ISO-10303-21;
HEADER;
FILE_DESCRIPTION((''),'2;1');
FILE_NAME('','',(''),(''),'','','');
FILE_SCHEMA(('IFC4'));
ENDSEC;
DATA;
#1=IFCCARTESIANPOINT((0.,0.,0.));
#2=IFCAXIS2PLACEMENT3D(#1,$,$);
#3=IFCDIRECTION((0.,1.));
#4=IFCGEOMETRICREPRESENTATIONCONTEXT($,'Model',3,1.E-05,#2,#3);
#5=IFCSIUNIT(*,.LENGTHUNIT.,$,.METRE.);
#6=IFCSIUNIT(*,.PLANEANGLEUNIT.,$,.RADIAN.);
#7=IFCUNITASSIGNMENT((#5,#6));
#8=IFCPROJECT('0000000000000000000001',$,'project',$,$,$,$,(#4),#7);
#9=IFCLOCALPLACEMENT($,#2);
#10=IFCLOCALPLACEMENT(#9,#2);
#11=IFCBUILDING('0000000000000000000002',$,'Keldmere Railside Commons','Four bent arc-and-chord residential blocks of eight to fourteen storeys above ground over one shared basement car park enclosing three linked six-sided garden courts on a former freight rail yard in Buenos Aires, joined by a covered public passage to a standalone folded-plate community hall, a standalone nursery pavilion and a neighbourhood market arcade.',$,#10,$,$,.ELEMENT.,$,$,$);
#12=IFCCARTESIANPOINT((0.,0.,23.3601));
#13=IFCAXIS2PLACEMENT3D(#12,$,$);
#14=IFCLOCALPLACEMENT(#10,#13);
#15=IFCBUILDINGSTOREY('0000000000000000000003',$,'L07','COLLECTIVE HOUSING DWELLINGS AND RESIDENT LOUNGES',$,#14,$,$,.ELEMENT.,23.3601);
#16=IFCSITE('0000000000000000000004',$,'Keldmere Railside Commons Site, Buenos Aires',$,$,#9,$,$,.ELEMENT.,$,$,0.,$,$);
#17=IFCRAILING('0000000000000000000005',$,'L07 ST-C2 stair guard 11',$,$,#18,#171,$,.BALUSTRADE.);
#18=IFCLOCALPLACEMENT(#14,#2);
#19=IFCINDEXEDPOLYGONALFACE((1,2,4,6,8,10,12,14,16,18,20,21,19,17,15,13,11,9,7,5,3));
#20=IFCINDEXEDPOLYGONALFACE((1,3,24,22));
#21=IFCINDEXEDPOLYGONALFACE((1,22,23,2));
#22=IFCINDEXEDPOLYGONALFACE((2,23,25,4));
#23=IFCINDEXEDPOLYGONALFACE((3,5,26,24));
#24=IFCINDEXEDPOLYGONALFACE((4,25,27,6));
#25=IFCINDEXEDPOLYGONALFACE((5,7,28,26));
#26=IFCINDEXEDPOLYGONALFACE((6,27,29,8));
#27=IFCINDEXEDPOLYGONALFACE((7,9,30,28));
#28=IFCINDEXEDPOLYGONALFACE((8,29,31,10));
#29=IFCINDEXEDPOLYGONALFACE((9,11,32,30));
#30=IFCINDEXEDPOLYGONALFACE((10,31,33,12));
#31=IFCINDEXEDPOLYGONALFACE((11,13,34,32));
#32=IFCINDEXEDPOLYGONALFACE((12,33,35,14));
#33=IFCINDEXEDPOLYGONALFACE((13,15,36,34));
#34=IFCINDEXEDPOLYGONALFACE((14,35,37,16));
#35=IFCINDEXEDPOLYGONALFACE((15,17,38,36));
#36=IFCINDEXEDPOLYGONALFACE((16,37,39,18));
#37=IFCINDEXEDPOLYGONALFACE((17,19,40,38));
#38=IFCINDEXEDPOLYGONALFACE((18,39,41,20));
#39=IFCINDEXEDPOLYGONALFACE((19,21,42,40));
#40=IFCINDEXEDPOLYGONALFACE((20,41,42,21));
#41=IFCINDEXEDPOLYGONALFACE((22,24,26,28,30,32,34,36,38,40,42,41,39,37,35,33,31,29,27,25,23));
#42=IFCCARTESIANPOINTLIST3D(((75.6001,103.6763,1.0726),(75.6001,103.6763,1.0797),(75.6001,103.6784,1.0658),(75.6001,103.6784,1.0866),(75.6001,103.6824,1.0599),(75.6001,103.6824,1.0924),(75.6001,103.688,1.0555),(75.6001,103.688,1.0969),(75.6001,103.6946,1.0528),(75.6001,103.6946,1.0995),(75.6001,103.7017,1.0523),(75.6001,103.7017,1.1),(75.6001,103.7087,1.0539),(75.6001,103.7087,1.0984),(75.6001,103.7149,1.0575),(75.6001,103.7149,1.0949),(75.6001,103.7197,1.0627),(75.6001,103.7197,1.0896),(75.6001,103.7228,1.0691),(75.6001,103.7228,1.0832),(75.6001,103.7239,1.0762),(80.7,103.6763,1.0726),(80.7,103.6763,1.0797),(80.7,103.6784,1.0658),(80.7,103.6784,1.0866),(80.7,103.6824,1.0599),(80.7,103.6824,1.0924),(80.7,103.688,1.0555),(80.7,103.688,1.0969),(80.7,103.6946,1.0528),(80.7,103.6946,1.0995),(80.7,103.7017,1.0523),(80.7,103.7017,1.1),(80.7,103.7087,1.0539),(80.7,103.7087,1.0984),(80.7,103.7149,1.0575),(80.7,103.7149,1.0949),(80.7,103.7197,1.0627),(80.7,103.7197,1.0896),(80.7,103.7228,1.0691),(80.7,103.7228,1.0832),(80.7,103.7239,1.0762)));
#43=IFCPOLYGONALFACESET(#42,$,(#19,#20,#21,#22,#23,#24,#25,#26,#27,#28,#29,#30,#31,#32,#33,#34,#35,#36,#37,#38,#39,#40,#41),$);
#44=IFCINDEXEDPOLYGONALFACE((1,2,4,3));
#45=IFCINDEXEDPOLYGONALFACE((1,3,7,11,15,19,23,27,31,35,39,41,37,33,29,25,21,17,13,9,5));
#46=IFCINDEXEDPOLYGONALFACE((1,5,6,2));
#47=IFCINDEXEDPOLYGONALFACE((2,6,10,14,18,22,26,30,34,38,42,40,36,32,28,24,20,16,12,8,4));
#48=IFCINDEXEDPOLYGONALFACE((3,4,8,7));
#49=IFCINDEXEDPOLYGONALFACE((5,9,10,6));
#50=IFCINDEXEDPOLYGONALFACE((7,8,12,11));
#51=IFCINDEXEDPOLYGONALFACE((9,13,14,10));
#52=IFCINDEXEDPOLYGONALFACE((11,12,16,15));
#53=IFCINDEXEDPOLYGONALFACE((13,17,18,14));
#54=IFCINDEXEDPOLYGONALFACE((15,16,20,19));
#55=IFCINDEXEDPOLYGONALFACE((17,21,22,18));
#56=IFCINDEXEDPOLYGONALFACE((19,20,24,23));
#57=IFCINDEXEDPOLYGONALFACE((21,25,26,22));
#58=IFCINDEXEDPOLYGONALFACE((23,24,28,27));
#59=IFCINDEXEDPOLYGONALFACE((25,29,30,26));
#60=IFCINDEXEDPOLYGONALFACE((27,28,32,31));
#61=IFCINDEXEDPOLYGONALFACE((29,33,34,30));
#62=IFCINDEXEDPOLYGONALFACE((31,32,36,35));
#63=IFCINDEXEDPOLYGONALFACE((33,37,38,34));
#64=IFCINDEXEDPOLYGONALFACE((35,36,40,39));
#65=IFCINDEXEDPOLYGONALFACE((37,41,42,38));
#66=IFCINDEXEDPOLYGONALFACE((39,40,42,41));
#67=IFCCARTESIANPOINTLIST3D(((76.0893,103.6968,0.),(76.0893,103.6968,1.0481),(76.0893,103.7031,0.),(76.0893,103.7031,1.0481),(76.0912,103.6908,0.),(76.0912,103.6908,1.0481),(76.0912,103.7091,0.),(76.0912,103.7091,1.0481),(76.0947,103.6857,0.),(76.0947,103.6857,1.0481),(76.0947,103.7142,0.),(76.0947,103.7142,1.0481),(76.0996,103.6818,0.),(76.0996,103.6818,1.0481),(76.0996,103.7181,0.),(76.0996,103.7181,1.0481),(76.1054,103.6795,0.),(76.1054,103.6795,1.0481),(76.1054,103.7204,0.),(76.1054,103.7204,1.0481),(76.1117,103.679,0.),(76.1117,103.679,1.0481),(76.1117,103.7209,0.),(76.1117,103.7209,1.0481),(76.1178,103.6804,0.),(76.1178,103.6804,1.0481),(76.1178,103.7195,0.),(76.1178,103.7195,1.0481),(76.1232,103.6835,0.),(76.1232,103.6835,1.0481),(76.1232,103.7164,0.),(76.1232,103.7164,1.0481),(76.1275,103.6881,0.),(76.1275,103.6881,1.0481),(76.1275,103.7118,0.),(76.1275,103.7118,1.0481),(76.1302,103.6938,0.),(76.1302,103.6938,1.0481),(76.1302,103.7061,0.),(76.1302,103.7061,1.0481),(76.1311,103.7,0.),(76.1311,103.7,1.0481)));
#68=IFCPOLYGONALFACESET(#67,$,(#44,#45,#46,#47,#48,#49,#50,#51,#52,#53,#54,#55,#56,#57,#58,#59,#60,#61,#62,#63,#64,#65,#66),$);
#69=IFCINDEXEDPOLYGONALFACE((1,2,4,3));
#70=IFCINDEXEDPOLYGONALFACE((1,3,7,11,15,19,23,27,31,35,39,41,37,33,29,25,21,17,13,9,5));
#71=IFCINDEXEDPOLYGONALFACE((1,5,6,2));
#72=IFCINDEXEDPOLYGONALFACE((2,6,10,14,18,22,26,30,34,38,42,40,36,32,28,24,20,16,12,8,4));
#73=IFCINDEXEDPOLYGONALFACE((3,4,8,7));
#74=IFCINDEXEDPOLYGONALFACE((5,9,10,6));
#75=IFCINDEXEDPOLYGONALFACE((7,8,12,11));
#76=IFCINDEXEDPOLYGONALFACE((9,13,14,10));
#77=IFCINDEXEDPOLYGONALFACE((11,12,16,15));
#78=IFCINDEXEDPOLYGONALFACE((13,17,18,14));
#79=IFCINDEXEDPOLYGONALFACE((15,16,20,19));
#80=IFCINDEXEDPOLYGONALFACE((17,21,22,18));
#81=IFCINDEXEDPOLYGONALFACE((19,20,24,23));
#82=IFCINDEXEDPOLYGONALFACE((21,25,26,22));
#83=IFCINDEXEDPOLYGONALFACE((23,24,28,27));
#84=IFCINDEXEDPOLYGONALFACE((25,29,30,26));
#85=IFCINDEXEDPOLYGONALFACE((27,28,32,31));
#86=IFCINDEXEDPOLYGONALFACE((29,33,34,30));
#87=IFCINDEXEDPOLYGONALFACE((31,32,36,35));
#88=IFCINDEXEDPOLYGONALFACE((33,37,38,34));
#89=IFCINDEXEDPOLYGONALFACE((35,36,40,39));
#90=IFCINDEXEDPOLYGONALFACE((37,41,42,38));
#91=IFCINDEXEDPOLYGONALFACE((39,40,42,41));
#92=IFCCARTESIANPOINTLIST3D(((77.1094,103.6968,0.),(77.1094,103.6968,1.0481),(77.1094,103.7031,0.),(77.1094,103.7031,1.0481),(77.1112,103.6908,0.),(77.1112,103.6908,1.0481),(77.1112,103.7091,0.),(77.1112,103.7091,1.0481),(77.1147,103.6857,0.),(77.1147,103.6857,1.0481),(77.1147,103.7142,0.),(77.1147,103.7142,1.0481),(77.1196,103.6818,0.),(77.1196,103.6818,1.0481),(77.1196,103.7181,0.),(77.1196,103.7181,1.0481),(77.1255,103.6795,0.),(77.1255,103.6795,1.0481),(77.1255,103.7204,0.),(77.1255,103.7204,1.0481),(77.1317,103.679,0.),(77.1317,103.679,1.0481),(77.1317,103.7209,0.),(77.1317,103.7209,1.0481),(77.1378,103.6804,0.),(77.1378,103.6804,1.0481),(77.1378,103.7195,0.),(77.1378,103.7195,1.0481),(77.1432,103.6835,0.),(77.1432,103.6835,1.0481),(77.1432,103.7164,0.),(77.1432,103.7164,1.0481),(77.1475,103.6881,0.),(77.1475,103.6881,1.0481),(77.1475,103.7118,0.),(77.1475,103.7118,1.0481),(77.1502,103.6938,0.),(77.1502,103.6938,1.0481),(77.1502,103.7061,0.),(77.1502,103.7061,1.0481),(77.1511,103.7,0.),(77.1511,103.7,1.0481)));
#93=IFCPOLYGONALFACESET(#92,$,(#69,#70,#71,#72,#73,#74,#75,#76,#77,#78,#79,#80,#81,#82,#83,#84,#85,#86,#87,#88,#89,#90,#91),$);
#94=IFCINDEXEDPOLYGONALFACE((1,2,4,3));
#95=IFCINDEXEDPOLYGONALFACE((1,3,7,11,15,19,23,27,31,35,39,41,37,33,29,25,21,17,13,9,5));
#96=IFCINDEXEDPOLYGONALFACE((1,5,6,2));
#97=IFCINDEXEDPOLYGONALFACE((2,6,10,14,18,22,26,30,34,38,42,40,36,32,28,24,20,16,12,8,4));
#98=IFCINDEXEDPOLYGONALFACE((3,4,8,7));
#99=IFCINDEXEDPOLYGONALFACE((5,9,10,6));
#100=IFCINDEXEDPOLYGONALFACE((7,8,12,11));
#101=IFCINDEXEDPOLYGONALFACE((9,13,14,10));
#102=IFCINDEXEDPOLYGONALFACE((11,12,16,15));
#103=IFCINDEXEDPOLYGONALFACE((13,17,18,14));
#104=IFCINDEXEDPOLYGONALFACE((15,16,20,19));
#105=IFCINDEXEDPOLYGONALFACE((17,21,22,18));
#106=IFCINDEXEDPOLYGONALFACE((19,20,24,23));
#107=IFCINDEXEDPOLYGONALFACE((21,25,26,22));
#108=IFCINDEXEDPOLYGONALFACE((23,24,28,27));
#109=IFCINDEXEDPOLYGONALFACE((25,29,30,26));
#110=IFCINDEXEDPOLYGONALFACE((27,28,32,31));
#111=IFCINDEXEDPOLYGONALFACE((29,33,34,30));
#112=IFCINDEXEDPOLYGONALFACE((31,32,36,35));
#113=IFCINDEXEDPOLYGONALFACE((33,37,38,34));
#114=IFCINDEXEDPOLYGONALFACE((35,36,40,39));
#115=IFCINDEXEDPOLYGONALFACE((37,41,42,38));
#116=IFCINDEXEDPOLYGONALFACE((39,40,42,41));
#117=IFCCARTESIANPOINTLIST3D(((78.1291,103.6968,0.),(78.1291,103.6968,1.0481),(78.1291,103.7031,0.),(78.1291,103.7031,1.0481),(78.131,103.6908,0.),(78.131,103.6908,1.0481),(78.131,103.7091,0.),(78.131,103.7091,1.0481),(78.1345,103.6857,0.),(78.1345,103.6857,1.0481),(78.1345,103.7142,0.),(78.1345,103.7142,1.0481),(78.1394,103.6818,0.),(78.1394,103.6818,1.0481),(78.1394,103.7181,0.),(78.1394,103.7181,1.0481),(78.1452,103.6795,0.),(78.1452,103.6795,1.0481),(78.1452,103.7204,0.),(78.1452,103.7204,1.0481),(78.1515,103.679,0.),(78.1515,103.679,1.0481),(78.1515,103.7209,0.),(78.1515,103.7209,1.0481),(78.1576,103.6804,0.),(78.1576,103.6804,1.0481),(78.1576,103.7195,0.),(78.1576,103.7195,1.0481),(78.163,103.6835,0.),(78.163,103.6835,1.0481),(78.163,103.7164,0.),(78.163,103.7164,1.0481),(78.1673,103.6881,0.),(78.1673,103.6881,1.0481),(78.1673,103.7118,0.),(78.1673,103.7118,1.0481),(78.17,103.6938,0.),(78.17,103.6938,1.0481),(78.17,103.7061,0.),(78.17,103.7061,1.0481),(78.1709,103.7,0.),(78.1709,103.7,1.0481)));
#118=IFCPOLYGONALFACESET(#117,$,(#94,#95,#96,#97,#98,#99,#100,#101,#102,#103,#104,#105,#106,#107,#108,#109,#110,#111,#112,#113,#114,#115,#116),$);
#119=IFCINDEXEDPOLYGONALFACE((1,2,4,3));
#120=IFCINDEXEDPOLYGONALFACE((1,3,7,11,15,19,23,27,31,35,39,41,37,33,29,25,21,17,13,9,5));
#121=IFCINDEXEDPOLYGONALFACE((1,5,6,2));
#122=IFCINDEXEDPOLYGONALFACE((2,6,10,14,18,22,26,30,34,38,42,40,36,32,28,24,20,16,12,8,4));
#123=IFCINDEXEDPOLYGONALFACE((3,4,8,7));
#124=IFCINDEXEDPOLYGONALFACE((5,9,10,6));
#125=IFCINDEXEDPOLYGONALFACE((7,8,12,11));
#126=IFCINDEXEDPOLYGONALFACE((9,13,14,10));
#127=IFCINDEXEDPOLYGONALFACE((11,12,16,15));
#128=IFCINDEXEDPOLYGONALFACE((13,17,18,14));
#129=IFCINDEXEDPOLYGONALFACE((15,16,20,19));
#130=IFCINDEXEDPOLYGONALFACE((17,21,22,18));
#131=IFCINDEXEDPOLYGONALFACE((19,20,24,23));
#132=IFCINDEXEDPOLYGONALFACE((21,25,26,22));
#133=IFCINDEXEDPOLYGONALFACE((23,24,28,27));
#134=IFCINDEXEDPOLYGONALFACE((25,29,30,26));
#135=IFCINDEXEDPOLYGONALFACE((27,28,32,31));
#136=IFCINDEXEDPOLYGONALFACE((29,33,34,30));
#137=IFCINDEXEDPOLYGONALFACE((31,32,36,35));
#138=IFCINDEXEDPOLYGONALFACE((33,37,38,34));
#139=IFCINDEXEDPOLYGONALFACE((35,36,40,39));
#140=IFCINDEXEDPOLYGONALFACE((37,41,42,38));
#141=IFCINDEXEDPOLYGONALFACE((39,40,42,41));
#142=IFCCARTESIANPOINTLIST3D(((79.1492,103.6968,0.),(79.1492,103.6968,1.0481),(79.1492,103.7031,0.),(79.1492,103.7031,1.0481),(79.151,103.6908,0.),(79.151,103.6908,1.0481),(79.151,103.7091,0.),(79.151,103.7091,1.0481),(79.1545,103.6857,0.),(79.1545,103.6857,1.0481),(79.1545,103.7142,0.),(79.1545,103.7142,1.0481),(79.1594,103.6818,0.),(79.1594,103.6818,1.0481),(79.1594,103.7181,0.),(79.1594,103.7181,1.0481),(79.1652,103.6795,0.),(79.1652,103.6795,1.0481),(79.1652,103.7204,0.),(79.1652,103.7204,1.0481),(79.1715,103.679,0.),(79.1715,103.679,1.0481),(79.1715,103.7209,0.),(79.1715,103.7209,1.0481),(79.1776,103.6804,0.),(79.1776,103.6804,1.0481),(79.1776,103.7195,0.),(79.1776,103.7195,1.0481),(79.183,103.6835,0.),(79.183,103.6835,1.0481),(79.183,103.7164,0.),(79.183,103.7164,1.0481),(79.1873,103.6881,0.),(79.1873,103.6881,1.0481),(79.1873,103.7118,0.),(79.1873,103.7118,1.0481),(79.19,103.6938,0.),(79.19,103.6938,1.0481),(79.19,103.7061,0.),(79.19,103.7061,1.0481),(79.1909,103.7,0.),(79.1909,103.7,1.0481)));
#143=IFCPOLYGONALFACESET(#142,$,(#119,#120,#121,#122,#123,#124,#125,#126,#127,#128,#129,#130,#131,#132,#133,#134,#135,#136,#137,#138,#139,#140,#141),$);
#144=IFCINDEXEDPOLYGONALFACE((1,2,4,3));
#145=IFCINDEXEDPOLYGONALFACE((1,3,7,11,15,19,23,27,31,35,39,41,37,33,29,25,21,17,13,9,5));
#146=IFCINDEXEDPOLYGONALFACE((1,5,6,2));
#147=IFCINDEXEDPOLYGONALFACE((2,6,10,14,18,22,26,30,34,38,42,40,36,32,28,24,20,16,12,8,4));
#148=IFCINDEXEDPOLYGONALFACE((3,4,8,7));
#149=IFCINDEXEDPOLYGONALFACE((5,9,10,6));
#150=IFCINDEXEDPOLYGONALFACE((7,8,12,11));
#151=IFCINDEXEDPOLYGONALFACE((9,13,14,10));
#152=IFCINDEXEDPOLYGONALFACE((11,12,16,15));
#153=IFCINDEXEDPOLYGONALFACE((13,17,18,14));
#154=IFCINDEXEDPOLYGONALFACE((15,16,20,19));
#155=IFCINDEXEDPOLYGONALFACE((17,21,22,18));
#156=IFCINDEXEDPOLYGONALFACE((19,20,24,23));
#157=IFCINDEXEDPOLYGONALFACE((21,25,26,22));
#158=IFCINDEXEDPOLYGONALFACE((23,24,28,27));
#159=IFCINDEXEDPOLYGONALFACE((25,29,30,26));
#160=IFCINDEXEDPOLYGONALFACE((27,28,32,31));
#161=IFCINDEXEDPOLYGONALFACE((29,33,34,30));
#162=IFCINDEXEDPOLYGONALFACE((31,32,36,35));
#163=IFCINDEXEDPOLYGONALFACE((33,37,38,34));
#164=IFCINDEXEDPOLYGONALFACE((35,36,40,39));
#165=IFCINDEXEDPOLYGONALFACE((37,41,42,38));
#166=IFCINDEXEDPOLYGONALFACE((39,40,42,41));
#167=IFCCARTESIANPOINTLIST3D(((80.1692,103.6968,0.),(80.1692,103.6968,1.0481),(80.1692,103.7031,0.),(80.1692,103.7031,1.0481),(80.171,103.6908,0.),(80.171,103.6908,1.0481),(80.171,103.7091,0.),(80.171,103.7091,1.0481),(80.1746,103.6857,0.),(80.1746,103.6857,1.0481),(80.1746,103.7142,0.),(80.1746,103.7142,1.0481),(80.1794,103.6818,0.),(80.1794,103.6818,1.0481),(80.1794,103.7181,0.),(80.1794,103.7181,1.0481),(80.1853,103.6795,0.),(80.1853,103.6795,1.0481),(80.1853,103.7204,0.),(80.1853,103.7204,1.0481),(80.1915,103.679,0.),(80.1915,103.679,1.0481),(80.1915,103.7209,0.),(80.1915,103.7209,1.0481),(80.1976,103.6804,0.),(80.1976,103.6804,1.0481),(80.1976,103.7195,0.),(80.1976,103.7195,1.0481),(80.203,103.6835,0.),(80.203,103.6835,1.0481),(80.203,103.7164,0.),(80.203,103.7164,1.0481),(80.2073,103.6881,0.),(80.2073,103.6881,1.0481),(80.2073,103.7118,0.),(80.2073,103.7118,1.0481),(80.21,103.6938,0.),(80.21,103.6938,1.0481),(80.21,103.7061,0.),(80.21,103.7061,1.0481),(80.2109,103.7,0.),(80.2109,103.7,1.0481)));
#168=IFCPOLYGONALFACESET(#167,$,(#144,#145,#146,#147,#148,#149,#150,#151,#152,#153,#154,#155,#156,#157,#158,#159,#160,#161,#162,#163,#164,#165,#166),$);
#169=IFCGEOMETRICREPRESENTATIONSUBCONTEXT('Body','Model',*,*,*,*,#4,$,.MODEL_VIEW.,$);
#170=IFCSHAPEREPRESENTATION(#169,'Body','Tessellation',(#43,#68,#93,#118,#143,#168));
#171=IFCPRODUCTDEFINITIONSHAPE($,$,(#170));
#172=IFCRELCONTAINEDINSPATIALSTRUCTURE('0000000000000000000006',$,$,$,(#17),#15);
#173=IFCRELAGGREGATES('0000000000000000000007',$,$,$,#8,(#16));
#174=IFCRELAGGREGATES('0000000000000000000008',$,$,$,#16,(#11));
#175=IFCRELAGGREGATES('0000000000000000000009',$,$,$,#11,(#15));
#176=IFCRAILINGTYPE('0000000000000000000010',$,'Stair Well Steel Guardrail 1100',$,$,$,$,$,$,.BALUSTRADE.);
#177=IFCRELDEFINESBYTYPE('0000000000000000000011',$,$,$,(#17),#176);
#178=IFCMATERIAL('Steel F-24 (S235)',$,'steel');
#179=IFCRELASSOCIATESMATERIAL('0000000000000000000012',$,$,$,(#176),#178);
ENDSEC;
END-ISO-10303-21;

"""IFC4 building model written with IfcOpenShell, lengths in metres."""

from ifc_helpers import new_model, si_unit, direction, frame, origin, origin_2d, place, context, subcontext, project, spatial, circle, extrude, material, type_object, element, save


model = new_model("IFC4")

# Units and contexts
model_context = context("Model", 3, precision=1e-05, world=origin(), true_north=direction((0.0, 1.0)))
body_context = subcontext(model_context, "Body", "Model", "MODEL_VIEW")
ifc_project = project(units=[si_unit("LENGTHUNIT", "METRE"), si_unit("PLANEANGLEUNIT", "RADIAN")], contexts=[model_context])

# Site, building, storey
site_placement = place(None, origin())
site = spatial("IfcSite", under=ifc_project, at=site_placement, Name="Keldmere Railside Commons Site, Buenos Aires", CompositionType="ELEMENT", RefElevation=0.0)
building_placement = place(site_placement, origin())
building = spatial("IfcBuilding", under=site, at=building_placement, Name="Keldmere Railside Commons", Description="Four bent arc-and-chord residential blocks of eight to fourteen storeys above ground over one shared basement car park enclosing three linked six-sided garden courts on a former freight rail yard in Buenos Aires, joined by a covered public passage to a standalone folded-plate community hall, a standalone nursery pavilion and a neighbourhood market arcade.", CompositionType="ELEMENT")
storey_placement = place(building_placement, frame((0.0, 0.0, 23.3601)))
storey = spatial("IfcBuildingStorey", under=building, at=storey_placement, Name="L07", Description="COLLECTIVE HOUSING DWELLINGS AND RESIDENT LOUNGES", CompositionType="ELEMENT", Elevation=23.3601)

# Railing
ifc_material_1 = material(Name="Steel F-24 (S235)", Category="steel")
railing_type_1 = type_object("IfcRailingType", Name="Stair Well Steel Guardrail 1100", PredefinedType="BALUSTRADE", material=ifc_material_1)
for number, where, name in (
    (1, (75.6001, 103.7, 0.0), "L07 ST-C2 stair guard 11"),
):
    element("IfcRailing", number, at=place(storey_placement, frame(where)), inside=storey, type_object=railing_type_1, Name=name, PredefinedType="BALUSTRADE", context=body_context, shape_type="SweptSolid", body=[
        extrude(circle(Radius=0.0239, at=origin_2d()), frame((0.0, 0.0, 1.0762), z_axis=(1.0, 0.0, 0.0), x_axis=(0.0, 1.0, 0.0)), (0.0, 0.0, 1.0), 5.0999),
        extrude(circle(Radius=0.021, at=origin_2d()), frame((0.51, 0.0, 0.0)), (0.0, 0.0, 1.0), 1.0481),
        extrude(circle(Radius=0.021, at=origin_2d()), frame((1.53, 0.0, 0.0)), (0.0, 0.0, 1.0), 1.0481),
        extrude(circle(Radius=0.021, at=origin_2d()), frame((2.5498, 0.0, 0.0)), (0.0, 0.0, 1.0), 1.0481),
        extrude(circle(Radius=0.021, at=origin_2d()), frame((3.5698, 0.0, 0.0)), (0.0, 0.0, 1.0), 1.0481),
        extrude(circle(Radius=0.021, at=origin_2d()), frame((4.5898, 0.0, 0.0)), (0.0, 0.0, 1.0), 1.0481),
    ])

save(model, "model.ifc")
